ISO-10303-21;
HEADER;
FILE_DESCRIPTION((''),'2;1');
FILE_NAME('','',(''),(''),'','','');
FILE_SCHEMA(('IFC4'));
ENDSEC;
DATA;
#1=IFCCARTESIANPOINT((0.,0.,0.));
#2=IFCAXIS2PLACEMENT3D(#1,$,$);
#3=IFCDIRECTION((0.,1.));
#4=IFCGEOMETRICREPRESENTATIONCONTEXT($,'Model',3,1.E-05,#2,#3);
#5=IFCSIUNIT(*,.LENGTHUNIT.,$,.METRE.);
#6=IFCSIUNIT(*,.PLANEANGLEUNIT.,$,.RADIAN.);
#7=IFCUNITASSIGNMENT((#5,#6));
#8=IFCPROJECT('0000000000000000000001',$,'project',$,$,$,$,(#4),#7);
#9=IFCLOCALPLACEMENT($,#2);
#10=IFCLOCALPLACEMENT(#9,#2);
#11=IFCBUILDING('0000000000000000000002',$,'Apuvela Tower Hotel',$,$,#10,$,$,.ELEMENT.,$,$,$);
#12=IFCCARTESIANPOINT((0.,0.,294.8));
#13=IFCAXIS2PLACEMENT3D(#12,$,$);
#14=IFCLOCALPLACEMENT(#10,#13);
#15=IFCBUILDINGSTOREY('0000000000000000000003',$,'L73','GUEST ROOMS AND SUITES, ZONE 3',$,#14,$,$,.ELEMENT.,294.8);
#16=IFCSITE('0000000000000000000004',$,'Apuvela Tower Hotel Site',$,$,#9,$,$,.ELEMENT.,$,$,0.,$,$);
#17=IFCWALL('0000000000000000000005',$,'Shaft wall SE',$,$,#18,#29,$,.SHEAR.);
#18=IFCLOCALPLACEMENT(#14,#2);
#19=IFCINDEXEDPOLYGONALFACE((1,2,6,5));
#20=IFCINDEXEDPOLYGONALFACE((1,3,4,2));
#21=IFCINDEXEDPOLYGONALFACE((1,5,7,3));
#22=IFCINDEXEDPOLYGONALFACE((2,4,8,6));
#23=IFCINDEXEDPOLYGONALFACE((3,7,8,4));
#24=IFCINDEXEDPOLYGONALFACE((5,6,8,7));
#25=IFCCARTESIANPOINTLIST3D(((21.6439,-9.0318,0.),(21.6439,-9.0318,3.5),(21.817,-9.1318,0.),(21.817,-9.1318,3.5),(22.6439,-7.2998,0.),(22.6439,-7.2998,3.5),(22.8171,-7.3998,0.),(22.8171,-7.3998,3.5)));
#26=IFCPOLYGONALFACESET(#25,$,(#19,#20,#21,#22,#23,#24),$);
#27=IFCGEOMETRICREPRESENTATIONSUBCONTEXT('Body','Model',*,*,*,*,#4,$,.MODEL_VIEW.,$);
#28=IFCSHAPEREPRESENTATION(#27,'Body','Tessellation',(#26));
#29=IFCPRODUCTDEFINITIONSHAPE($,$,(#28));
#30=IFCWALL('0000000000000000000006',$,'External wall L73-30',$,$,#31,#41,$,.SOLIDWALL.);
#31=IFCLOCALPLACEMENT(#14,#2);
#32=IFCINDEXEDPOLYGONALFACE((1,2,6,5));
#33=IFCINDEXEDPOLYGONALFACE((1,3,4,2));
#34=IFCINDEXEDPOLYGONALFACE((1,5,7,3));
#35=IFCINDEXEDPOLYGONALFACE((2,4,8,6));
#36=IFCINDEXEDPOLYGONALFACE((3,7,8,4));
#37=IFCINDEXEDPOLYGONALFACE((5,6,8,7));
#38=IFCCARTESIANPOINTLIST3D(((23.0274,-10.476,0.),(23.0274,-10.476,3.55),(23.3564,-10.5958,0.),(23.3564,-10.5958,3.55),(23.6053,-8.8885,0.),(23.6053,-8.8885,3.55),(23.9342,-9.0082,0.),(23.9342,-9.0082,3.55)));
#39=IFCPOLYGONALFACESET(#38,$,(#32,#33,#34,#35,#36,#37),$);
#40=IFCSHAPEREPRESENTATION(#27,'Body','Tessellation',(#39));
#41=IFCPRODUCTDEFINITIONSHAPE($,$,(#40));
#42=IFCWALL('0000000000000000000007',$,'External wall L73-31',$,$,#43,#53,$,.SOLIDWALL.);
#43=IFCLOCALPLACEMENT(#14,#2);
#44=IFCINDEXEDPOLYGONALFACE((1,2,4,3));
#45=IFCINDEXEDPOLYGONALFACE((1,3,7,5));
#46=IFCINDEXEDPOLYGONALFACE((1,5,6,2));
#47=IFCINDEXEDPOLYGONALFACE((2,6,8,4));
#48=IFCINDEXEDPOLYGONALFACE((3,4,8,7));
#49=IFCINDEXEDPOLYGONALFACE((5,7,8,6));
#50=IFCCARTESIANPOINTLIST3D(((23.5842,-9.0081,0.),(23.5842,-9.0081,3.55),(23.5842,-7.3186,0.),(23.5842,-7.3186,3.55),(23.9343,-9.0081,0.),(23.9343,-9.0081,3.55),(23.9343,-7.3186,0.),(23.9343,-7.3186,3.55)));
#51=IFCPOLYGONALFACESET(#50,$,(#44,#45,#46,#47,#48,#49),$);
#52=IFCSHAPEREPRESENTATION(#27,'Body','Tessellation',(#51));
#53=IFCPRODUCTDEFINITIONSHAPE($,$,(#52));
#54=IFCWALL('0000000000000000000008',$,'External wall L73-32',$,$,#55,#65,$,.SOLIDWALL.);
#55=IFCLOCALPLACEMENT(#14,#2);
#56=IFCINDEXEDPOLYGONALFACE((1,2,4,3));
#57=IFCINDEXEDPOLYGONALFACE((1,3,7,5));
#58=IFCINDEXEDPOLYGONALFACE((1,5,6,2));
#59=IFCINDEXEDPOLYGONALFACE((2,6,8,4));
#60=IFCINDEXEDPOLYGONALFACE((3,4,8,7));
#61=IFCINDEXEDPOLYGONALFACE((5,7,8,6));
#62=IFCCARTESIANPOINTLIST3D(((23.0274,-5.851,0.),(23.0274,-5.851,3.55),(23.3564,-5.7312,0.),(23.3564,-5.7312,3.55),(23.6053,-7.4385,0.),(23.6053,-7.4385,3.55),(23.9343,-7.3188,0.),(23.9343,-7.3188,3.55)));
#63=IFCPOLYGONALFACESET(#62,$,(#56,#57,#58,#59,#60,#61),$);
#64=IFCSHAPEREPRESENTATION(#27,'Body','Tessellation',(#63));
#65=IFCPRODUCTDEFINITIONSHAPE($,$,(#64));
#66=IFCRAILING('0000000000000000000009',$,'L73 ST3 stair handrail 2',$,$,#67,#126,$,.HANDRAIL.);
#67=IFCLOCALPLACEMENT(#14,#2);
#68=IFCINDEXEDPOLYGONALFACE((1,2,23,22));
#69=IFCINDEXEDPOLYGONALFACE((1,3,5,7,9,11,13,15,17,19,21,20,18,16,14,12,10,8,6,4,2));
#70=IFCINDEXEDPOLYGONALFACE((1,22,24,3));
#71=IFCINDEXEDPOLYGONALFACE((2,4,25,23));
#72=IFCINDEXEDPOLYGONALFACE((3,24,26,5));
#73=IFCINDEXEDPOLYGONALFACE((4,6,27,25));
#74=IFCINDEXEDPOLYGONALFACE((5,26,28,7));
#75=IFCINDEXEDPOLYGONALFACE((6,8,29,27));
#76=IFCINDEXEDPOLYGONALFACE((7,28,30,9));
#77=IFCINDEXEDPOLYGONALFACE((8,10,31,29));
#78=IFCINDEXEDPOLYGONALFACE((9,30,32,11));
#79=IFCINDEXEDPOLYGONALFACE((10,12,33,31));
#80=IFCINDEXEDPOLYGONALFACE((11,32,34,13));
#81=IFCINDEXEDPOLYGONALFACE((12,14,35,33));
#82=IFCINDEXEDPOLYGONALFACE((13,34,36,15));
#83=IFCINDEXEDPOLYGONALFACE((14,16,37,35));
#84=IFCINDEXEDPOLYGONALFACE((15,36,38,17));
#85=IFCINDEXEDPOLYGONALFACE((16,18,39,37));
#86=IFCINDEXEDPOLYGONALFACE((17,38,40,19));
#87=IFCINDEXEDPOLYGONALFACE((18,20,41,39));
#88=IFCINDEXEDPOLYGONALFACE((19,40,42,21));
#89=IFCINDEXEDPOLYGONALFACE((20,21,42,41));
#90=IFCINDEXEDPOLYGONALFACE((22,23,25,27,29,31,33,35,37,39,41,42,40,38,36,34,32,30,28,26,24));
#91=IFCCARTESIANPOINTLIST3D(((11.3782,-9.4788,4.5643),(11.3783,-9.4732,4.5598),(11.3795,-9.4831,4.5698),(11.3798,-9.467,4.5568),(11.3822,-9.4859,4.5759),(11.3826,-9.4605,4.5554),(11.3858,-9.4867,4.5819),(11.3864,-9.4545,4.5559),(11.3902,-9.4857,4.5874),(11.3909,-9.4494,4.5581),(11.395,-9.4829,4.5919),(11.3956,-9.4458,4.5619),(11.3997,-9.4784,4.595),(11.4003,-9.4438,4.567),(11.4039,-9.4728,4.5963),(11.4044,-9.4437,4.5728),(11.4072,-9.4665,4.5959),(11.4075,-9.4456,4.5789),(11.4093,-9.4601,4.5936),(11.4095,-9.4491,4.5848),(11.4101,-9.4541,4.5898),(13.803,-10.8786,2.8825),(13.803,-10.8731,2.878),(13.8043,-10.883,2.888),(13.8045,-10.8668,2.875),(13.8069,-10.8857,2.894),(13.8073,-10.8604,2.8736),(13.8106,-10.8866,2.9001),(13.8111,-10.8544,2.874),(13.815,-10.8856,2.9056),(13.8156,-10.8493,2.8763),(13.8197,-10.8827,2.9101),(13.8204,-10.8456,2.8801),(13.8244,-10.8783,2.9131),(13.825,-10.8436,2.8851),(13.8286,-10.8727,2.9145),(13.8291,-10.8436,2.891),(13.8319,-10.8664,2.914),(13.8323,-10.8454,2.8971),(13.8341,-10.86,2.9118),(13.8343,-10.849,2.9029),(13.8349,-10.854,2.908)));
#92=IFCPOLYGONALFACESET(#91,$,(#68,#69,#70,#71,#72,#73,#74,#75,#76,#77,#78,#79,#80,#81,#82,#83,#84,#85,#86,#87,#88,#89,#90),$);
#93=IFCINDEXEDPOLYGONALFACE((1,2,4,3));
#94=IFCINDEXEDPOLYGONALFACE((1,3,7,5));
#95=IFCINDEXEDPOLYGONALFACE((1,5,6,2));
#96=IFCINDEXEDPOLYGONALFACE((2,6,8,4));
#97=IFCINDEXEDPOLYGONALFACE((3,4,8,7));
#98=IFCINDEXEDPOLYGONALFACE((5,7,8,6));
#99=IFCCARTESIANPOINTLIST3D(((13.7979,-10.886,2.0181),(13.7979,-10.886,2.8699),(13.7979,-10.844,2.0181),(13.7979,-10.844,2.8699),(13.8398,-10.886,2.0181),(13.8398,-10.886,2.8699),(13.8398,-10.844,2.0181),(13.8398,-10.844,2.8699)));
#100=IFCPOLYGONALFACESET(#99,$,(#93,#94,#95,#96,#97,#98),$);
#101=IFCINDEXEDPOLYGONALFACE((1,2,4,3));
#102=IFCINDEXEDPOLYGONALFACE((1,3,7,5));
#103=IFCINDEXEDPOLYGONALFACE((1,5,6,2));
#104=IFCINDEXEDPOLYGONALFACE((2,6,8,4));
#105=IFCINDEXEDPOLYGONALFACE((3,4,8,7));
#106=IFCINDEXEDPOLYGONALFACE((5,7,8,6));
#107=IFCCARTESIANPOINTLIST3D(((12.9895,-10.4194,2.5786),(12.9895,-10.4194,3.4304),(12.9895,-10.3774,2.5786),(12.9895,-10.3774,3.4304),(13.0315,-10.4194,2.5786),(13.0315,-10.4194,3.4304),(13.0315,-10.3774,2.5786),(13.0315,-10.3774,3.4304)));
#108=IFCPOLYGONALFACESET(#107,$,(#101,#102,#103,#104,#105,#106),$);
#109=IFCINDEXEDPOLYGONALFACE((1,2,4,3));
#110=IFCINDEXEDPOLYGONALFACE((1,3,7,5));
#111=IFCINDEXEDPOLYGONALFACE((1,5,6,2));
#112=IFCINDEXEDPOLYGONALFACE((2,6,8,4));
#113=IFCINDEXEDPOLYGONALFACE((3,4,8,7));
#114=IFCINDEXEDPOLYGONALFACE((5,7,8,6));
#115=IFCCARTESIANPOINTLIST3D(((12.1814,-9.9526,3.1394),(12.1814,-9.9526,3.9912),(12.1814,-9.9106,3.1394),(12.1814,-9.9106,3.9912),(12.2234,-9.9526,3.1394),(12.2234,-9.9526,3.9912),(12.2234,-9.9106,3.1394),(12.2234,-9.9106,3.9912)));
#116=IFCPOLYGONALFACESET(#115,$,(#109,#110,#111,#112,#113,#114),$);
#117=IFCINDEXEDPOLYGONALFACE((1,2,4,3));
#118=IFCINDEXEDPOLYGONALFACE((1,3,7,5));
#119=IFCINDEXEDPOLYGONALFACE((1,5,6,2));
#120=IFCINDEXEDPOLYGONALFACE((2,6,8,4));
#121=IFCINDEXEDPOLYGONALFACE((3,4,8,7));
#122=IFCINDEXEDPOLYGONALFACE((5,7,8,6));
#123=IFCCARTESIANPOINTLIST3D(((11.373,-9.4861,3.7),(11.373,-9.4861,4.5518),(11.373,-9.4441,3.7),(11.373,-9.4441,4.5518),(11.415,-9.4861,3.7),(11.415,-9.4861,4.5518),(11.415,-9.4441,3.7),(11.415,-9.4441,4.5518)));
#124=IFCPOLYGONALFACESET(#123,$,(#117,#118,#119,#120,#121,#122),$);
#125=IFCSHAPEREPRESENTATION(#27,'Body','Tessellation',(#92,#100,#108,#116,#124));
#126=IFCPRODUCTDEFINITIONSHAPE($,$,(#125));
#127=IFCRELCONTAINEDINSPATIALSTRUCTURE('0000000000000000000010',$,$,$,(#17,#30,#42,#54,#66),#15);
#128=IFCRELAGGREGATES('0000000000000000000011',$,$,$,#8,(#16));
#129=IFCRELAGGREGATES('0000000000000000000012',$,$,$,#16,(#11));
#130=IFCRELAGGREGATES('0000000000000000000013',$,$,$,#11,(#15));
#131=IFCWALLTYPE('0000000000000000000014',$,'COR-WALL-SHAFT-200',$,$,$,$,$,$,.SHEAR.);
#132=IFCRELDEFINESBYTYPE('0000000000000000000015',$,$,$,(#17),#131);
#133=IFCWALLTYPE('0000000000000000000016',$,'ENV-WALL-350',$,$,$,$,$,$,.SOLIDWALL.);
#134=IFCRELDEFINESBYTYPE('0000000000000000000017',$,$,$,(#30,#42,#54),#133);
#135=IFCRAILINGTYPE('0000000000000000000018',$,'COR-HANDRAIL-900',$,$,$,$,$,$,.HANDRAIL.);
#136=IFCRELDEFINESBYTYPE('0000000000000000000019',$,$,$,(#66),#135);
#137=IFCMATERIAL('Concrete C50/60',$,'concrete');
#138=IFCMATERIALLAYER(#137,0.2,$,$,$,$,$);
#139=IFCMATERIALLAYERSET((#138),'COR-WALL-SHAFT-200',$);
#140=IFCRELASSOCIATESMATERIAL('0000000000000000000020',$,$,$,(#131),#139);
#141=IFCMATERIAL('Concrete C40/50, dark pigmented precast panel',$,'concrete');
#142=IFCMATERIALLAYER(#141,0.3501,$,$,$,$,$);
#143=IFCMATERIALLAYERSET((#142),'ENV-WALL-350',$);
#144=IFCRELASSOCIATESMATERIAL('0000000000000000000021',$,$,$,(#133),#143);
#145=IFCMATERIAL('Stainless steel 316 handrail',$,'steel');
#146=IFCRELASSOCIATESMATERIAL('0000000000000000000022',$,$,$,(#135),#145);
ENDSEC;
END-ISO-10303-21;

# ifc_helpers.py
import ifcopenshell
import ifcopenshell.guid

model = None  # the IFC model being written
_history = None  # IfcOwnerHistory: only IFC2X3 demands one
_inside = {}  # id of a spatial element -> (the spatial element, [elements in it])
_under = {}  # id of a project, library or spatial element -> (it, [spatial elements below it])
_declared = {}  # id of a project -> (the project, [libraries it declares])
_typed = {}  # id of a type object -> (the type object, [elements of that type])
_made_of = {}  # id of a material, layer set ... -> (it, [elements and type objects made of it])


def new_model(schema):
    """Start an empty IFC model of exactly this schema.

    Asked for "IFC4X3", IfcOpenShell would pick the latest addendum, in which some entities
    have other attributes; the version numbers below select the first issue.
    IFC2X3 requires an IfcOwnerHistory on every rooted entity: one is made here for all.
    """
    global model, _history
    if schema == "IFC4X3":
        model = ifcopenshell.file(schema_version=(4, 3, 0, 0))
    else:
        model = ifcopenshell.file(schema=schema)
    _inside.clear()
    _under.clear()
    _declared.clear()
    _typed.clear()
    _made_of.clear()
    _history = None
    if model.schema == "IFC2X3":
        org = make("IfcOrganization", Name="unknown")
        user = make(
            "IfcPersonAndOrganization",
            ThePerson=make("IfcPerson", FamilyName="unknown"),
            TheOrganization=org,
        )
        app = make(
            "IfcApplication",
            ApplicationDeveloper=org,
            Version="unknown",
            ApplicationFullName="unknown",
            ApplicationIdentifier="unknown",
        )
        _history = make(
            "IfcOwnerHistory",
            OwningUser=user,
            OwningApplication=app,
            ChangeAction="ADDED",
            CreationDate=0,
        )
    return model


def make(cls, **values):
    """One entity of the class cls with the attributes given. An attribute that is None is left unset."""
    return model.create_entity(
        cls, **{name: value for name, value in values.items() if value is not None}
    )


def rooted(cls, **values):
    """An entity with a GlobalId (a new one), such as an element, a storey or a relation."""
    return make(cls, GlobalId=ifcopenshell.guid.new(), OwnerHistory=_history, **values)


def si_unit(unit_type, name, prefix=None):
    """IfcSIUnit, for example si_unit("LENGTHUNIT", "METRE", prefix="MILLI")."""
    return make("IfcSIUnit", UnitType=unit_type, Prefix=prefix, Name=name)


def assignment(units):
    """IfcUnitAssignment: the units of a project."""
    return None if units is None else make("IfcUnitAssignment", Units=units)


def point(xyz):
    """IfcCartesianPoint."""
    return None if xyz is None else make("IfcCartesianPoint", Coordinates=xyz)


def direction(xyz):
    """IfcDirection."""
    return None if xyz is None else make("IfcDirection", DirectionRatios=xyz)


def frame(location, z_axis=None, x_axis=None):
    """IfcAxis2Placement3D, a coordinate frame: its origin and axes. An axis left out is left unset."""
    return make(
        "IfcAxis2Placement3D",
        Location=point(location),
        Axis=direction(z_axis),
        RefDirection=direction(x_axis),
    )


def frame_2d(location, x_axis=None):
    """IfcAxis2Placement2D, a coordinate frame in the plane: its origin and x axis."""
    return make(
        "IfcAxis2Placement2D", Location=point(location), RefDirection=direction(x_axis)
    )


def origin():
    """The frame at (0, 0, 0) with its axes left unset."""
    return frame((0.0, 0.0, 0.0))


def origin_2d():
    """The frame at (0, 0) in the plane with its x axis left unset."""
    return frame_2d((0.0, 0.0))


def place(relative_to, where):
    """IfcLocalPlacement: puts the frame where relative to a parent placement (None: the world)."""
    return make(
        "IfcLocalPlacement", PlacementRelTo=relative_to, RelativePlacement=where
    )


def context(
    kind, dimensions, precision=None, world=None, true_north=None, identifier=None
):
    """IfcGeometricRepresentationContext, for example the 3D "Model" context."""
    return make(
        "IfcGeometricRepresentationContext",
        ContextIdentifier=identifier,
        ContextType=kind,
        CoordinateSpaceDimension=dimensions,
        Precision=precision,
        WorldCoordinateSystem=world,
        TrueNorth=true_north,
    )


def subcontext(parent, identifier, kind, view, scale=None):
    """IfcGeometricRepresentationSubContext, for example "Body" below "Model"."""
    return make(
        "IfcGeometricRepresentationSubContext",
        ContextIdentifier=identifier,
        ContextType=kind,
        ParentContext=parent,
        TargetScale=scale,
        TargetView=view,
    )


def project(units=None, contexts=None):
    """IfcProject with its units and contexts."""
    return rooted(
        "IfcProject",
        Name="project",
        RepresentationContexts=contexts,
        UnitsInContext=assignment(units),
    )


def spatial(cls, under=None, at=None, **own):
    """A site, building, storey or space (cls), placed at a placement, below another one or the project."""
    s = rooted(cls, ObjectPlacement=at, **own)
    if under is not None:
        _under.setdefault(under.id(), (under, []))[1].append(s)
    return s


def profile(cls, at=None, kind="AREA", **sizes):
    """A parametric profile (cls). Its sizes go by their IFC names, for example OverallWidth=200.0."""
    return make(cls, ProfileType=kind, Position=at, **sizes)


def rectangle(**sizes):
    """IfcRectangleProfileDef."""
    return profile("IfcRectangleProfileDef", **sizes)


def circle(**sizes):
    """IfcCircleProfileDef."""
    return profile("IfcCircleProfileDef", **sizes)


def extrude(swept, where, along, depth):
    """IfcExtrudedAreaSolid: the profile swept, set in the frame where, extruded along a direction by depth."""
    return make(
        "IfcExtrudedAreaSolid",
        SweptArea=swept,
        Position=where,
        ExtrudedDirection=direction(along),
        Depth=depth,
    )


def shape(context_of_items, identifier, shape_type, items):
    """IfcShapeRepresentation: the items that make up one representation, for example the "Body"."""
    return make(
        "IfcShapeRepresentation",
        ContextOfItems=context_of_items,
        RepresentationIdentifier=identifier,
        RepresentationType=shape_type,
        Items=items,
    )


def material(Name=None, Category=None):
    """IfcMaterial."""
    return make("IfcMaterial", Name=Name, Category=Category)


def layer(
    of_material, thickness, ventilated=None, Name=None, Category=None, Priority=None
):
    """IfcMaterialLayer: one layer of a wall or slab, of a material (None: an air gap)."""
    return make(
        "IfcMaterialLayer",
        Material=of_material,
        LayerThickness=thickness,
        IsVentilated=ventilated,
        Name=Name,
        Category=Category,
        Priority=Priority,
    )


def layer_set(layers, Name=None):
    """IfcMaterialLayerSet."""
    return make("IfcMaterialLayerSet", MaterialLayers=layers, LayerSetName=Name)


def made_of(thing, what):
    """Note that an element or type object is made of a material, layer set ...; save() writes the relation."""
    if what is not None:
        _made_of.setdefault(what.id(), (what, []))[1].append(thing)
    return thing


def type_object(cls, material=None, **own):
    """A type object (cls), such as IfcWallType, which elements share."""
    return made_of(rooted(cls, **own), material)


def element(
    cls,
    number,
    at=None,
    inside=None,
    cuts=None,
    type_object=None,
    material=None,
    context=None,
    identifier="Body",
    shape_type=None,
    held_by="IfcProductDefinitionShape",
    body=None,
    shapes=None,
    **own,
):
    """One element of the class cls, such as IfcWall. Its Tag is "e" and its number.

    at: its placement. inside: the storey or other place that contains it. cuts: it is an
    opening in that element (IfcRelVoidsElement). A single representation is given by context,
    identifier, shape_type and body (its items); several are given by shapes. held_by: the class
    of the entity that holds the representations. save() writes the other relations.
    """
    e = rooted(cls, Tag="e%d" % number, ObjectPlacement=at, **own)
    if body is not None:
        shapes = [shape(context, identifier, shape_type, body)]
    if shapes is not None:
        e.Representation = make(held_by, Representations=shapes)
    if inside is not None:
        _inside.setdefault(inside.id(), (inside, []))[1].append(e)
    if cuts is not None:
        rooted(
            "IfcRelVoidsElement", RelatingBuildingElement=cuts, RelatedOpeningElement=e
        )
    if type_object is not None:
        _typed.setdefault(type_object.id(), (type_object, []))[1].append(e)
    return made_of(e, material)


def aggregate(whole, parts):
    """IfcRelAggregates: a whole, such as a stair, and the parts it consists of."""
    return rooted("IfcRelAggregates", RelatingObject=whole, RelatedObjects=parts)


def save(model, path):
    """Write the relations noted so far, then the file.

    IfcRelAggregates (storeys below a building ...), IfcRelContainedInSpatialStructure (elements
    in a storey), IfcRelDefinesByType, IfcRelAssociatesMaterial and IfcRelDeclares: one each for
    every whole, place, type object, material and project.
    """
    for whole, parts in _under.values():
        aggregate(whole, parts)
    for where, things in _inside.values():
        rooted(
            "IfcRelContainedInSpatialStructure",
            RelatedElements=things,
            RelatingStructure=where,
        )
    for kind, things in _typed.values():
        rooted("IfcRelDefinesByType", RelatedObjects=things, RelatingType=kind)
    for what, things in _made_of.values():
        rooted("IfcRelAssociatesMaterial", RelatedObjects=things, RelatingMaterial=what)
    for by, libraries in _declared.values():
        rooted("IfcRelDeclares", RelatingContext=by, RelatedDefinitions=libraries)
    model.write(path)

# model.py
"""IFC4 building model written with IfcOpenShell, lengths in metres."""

from ifc_helpers import new_model, si_unit, direction, frame, frame_2d, origin, origin_2d, place, context, subcontext, project, spatial, rectangle, circle, extrude, material, layer, layer_set, type_object, element, save


model = new_model("IFC4")

# Units and contexts
model_context = context("Model", 3, precision=1e-05, world=origin(), true_north=direction((0.0, 1.0)))
body_context = subcontext(model_context, "Body", "Model", "MODEL_VIEW")
ifc_project = project(units=[si_unit("LENGTHUNIT", "METRE"), si_unit("PLANEANGLEUNIT", "RADIAN")], contexts=[model_context])

# Site, building, storey
site_placement = place(None, origin())
site = spatial("IfcSite", under=ifc_project, at=site_placement, Name="Apuvela Tower Hotel Site", CompositionType="ELEMENT", RefElevation=0.0)
building_placement = place(site_placement, origin())
building = spatial("IfcBuilding", under=site, at=building_placement, Name="Apuvela Tower Hotel", CompositionType="ELEMENT")
storey_placement = place(building_placement, frame((0.0, 0.0, 294.8)))
storey = spatial("IfcBuildingStorey", under=building, at=storey_placement, Name="L73", Description="GUEST ROOMS AND SUITES, ZONE 3", CompositionType="ELEMENT", Elevation=294.8)

# Shared definitions
ifc_material_1 = material(Name="Concrete C50/60", Category="concrete")
ifc_layer_1 = layer(ifc_material_1, 0.2)
ifc_layer_set_1 = layer_set([ifc_layer_1], Name="COR-WALL-SHAFT-200")
wall_type_1 = type_object("IfcWallType", Name="COR-WALL-SHAFT-200", PredefinedType="SHEAR", material=ifc_layer_set_1)

# Walls
for number, where, z_axis, x_axis, name in (
    (1, (21.7305, -9.0818, 0.0), (0.0, 0.0, 1.0), (0.500025, 0.866011, 0.0), "Shaft wall SE"),
):
    element("IfcWall", number, at=place(storey_placement, frame(where, z_axis=z_axis, x_axis=x_axis)), inside=storey, type_object=wall_type_1, Name=name, PredefinedType="SHEAR", context=body_context, shape_type="SweptSolid", body=[
        extrude(rectangle(XDim=2.0, YDim=0.2, at=frame_2d((1.0, 0.0))), origin(), (0.0, 0.0, 1.0), 3.5),
    ])
ifc_material_2 = material(Name="Concrete C40/50, dark pigmented precast panel", Category="concrete")
ifc_layer_2 = layer(ifc_material_2, 0.3501)
ifc_layer_set_2 = layer_set([ifc_layer_2], Name="ENV-WALL-350")
wall_type_2 = type_object("IfcWallType", Name="ENV-WALL-350", PredefinedType="SOLIDWALL", material=ifc_layer_set_2)
for number, where, z_axis, x_axis, name in (
    (2, (23.1919, -10.5359, 0.0), (0.0, 0.0, 1.0), (0.342033, 0.939688, 0.0), "External wall L73-30"),
    (3, (23.7593, -9.0081, 0.0), (0.0, 0.0, 1.0), (0.0, 1.0, 0.0), "External wall L73-31"),
    (4, (23.7698, -7.3787, 0.0), (0.0, 0.0, 1.0), (-0.342033, 0.939688, 0.0), "External wall L73-32"),
):
    element("IfcWall", number, at=place(storey_placement, frame(where, z_axis=z_axis, x_axis=x_axis)), inside=storey, type_object=wall_type_2, Name=name, PredefinedType="SOLIDWALL", context=body_context, shape_type="SweptSolid", body=[
        extrude(rectangle(XDim=1.6895, YDim=0.3501, at=frame_2d((0.8447, 0.0))), origin(), (0.0, 0.0, 1.0), 3.55),
    ])

# Railing
ifc_material_3 = material(Name="Stainless steel 316 handrail", Category="steel")
railing_type_1 = type_object("IfcRailingType", Name="COR-HANDRAIL-900", PredefinedType="HANDRAIL", material=ifc_material_3)
railing_1_placement = place(storey_placement, frame((13.8188, -10.865, 2.0181)))
element("IfcRailing", 5, at=railing_1_placement, inside=storey, type_object=railing_type_1, Name="L73 ST3 stair handrail 2", PredefinedType="HANDRAIL", context=body_context, shape_type="SweptSolid", body=[
    extrude(circle(Radius=0.0239, at=origin_2d()), frame((0.0, 0.0, 0.876), z_axis=(-0.74239, 0.428601, 0.514934), x_axis=(-0.499984, -0.866035, 0.0)), (0.0, 0.0, 1.0), 3.2661),
    extrude(rectangle(XDim=0.042, YDim=0.042, at=origin_2d()), origin(), (0.0, 0.0, 1.0), 0.8518),
    extrude(rectangle(XDim=0.042, YDim=0.042, at=origin_2d()), frame((-0.8083, 0.4666, 0.5605)), (0.0, 0.0, 1.0), 0.8518),
    extrude(rectangle(XDim=0.042, YDim=0.042, at=origin_2d()), frame((-1.6165, 0.9333, 1.1213)), (0.0, 0.0, 1.0), 0.8518),
    extrude(rectangle(XDim=0.042, YDim=0.042, at=origin_2d()), frame((-2.4248, 1.3999, 1.6819)), (0.0, 0.0, 1.0), 0.8518),
])

save(model, "model.ifc")
